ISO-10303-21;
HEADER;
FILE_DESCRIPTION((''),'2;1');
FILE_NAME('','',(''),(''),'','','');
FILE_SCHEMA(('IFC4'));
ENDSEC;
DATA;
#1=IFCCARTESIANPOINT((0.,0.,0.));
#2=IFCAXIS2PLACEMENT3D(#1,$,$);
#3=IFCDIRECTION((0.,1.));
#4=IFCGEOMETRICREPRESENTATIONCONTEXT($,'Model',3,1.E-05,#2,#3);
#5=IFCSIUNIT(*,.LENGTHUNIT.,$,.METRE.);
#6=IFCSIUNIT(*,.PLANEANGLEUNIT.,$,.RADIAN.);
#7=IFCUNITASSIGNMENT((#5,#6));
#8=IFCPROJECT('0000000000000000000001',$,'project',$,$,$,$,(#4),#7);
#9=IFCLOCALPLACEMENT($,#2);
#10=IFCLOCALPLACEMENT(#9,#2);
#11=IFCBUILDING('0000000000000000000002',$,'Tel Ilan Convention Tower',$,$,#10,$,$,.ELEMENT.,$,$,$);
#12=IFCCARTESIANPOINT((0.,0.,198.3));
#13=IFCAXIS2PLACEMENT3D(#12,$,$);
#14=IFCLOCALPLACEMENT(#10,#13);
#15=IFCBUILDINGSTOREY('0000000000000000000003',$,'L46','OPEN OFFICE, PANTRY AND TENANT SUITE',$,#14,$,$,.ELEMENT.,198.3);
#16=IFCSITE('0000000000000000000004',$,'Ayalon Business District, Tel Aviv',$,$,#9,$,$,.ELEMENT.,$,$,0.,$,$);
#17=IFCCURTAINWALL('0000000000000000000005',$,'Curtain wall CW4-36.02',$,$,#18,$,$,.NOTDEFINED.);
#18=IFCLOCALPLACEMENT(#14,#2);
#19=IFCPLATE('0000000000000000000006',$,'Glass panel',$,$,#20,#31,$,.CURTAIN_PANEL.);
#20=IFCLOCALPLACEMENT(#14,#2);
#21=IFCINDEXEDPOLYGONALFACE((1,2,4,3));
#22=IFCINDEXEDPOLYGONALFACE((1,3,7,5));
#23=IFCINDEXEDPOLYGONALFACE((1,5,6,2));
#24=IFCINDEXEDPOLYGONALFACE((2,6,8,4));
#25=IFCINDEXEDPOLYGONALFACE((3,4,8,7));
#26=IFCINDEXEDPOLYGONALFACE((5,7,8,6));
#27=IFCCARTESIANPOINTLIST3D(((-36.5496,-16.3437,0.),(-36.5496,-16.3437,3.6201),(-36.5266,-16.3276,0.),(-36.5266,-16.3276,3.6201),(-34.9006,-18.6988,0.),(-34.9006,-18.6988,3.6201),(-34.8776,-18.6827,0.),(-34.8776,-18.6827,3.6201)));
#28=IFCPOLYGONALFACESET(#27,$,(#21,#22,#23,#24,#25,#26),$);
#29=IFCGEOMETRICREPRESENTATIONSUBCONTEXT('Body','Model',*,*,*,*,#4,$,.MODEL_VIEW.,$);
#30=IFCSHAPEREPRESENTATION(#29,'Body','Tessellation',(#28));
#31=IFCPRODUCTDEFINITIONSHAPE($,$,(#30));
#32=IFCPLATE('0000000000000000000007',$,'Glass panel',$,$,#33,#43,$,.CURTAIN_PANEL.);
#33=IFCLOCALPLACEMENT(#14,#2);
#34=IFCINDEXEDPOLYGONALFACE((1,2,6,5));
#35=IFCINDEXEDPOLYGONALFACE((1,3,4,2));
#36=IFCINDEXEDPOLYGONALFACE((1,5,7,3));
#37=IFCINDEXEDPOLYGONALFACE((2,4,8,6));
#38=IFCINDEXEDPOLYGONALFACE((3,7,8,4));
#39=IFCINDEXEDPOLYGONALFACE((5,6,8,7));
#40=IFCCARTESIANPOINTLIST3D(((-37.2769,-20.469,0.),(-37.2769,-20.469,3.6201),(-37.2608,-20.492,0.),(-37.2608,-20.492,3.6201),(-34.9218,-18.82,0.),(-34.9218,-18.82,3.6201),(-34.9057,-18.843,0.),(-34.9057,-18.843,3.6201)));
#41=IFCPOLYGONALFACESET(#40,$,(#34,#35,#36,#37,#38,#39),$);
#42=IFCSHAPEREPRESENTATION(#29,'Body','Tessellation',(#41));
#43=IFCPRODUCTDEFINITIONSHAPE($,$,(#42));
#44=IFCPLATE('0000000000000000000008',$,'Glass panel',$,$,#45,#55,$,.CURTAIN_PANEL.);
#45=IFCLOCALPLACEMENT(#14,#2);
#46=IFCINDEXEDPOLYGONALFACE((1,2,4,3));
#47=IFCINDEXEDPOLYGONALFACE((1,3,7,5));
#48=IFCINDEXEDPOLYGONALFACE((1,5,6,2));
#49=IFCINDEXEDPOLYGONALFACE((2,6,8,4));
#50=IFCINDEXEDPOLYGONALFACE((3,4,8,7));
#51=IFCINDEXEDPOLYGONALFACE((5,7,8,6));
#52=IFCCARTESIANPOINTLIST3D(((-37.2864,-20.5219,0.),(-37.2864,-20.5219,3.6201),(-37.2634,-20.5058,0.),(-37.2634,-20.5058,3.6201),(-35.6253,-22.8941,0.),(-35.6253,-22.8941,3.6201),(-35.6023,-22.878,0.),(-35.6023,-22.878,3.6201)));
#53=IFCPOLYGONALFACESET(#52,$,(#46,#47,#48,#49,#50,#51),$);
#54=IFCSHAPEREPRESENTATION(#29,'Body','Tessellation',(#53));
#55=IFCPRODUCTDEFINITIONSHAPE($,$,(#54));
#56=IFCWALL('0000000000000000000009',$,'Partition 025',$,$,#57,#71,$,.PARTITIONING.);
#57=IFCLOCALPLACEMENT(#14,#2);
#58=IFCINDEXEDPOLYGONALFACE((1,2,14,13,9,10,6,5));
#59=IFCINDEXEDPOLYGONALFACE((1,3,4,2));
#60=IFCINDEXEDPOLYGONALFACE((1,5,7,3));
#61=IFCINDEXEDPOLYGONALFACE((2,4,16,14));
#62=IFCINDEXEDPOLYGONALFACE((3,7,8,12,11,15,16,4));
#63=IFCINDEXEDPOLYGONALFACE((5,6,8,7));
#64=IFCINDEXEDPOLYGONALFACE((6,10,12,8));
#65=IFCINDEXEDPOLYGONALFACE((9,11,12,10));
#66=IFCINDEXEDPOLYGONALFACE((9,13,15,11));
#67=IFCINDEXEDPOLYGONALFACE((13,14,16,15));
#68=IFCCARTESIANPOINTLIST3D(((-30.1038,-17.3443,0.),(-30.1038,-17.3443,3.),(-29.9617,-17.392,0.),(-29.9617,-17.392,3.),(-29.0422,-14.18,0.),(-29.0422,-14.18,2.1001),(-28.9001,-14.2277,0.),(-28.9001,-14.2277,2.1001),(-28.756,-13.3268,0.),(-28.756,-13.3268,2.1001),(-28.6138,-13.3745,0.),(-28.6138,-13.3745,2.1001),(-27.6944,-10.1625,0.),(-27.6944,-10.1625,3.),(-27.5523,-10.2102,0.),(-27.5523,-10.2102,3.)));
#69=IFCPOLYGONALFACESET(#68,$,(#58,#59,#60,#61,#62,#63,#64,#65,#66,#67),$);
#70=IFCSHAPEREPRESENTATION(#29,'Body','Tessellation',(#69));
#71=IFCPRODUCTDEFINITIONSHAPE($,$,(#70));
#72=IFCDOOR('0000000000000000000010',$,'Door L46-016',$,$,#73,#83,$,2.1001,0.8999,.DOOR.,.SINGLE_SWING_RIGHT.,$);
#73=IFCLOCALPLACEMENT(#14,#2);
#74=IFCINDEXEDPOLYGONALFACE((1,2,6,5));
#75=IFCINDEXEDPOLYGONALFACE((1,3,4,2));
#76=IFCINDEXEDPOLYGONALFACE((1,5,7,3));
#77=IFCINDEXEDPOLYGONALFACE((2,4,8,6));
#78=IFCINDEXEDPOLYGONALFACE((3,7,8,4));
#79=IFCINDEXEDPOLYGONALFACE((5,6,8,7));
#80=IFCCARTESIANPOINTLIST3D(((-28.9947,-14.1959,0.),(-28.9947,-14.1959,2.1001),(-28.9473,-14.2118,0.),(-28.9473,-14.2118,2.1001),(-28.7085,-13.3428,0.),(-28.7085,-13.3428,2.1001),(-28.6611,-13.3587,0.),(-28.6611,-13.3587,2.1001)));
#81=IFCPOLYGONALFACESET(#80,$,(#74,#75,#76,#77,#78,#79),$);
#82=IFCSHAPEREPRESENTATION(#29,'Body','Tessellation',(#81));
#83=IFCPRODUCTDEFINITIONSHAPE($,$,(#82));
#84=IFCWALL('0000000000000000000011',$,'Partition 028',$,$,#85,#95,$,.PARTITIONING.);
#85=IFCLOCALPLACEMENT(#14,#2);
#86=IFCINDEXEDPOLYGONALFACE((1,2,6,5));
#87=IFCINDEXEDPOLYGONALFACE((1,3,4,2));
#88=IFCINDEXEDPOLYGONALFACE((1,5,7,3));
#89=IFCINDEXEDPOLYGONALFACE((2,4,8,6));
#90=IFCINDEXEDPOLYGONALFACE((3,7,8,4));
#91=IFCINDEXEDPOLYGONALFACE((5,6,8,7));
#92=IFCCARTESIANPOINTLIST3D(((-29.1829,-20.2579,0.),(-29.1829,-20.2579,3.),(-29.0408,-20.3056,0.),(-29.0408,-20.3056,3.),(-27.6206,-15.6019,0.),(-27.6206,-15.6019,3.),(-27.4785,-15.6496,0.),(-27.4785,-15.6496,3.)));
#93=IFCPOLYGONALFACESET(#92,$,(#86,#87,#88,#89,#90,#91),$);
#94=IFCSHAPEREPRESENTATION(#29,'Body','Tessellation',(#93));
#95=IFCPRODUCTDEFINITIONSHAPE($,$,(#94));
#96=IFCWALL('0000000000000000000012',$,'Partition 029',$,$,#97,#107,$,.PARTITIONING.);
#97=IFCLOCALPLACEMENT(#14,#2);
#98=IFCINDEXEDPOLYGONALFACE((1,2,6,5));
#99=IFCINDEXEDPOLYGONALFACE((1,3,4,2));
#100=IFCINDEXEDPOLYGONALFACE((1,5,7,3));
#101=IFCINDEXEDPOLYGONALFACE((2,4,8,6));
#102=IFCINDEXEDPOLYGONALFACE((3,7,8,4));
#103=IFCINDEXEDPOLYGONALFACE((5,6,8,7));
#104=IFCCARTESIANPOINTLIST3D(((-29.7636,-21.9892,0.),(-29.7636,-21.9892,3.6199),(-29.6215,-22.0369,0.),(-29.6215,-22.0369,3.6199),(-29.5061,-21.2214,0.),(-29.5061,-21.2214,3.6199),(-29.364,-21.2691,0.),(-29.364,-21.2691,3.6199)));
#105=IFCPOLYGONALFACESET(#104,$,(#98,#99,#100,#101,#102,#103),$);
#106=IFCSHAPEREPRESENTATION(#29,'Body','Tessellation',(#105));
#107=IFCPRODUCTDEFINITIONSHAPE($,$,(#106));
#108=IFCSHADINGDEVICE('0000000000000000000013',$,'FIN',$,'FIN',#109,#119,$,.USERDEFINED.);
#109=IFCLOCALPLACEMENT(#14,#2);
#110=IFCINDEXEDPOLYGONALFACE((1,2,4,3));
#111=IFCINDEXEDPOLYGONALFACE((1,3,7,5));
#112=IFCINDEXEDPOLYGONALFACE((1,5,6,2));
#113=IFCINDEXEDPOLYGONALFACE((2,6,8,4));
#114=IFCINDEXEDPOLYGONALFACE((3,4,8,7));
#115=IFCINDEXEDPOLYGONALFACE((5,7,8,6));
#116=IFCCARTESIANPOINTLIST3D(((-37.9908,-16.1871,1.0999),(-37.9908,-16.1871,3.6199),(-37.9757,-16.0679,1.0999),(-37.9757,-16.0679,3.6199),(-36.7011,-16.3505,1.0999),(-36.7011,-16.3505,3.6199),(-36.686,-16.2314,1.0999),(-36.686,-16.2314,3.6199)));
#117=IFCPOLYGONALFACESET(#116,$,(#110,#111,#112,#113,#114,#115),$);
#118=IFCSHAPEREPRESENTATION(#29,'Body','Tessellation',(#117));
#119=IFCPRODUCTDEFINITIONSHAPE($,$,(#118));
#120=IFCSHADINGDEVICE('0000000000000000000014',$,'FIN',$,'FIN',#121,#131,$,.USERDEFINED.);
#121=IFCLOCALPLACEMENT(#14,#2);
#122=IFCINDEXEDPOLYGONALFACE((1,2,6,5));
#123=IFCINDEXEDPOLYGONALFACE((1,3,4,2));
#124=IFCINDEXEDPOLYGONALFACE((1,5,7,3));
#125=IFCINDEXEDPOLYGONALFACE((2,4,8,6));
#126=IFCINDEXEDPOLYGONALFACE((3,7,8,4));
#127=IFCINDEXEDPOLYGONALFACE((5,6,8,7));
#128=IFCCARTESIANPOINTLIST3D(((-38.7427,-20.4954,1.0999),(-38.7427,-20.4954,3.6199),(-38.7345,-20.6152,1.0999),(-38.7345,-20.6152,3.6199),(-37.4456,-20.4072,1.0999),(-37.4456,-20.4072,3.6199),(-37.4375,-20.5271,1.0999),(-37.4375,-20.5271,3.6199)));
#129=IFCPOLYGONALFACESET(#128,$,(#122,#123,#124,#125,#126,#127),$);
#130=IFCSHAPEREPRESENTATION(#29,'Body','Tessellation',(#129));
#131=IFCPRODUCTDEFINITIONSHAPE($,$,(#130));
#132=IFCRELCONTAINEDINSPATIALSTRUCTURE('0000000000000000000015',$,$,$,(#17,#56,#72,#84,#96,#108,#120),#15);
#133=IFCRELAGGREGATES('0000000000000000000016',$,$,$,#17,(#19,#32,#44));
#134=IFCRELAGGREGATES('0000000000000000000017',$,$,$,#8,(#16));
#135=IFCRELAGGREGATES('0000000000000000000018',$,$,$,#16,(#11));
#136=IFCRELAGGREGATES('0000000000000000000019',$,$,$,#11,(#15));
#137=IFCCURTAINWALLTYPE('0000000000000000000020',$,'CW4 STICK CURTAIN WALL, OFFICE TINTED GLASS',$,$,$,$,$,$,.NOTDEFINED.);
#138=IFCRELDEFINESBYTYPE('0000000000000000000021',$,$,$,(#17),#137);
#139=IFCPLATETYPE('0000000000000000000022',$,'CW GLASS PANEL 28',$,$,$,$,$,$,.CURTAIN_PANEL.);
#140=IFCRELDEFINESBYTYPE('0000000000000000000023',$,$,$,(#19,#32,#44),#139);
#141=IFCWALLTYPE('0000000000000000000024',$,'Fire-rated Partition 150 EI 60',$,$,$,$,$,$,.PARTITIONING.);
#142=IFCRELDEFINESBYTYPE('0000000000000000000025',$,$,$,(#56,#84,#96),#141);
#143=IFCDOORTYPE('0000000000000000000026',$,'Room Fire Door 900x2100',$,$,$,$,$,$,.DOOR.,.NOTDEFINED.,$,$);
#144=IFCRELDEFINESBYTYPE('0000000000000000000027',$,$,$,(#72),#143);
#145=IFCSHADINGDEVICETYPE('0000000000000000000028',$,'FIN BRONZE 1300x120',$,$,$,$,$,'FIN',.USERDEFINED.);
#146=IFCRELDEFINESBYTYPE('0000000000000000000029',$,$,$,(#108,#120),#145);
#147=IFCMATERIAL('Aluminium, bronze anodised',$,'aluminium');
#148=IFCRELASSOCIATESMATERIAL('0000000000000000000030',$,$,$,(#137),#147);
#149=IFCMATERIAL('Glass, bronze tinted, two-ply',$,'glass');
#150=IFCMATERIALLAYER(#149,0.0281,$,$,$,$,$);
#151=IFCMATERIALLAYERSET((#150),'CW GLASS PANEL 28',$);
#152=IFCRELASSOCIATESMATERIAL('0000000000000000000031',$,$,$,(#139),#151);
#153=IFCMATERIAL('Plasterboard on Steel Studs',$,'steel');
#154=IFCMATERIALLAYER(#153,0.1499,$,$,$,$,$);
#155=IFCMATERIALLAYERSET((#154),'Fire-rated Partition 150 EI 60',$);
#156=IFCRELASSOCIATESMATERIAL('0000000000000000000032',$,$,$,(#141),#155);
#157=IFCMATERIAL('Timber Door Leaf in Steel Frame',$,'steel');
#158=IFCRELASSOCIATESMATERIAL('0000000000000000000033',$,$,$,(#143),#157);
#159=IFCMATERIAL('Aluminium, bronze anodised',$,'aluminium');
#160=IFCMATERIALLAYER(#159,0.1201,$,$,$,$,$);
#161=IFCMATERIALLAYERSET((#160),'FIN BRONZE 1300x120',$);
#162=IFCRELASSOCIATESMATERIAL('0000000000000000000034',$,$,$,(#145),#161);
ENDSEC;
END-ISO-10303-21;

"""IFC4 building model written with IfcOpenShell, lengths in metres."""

from ifc_helpers import new_model, si_unit, direction, frame, frame_2d, origin, origin_2d, place, context, subcontext, project, spatial, rectangle, extrude, material, layer, layer_set, type_object, element, fill, aggregate, save


model = new_model("IFC4")

# Units and contexts
model_context = context("Model", 3, precision=1e-05, world=origin(), true_north=direction((0.0, 1.0)))
body_context = subcontext(model_context, "Body", "Model", "MODEL_VIEW")
ifc_project = project(units=[si_unit("LENGTHUNIT", "METRE"), si_unit("PLANEANGLEUNIT", "RADIAN")], contexts=[model_context])

# Site, building, storey
site_placement = place(None, origin())
site = spatial("IfcSite", under=ifc_project, at=site_placement, Name="Ayalon Business District, Tel Aviv", CompositionType="ELEMENT", RefElevation=0.0)
building_placement = place(site_placement, origin())
building = spatial("IfcBuilding", under=site, at=building_placement, Name="Tel Ilan Convention Tower", CompositionType="ELEMENT")
storey_placement = place(building_placement, frame((0.0, 0.0, 198.3)))
storey = spatial("IfcBuildingStorey", under=building, at=storey_placement, Name="L46", Description="OPEN OFFICE, PANTRY AND TENANT SUITE", CompositionType="ELEMENT", Elevation=198.3)

# Curtain wall, plates
ifc_material_1 = material(Name="Aluminium, bronze anodised", Category="aluminium")
curtain_wall_type = type_object("IfcCurtainWallType", Name="CW4 STICK CURTAIN WALL, OFFICE TINTED GLASS", PredefinedType="NOTDEFINED", material=ifc_material_1)
curtain_wall_placement = place(storey_placement, origin())
curtain_wall = element("IfcCurtainWall", 1, at=curtain_wall_placement, inside=storey, type_object=curtain_wall_type, Name="Curtain wall CW4-36.02", PredefinedType="NOTDEFINED")
ifc_material_2 = material(Name="Glass, bronze tinted, two-ply", Category="glass")
ifc_layer_1 = layer(ifc_material_2, 0.0281)
ifc_layer_set_1 = layer_set([ifc_layer_1], Name="CW GLASS PANEL 28")
plate_type = type_object("IfcPlateType", Name="CW GLASS PANEL 28", PredefinedType="CURTAIN_PANEL", material=ifc_layer_set_1)
plate_1_placement = place(storey_placement, frame((-35.7136, -17.5132, 0.0), z_axis=(0.0, 0.0, 1.0), x_axis=(0.573576, -0.819152, 0.0)))
plate_1 = element("IfcPlate", 2, at=plate_1_placement, type_object=plate_type, Name="Glass panel", PredefinedType="CURTAIN_PANEL", context=body_context, shape_type="SweptSolid", body=[
    extrude(rectangle(XDim=2.875, YDim=0.0281, at=origin_2d()), origin(), (0.0, 0.0, 1.0), 3.6201),
])
plate_2_placement = place(storey_placement, frame((-36.0913, -19.656, 0.0), z_axis=(0.0, 0.0, 1.0), x_axis=(-0.819152, -0.573576, 0.0)))
plate_2 = element("IfcPlate", 3, at=plate_2_placement, type_object=plate_type, Name="Glass panel", PredefinedType="CURTAIN_PANEL", context=body_context, shape_type="SweptSolid", body=[
    extrude(rectangle(XDim=2.875, YDim=0.0281, at=origin_2d()), origin(), (0.0, 0.0, 1.0), 3.6201),
])
plate_3_placement = place(storey_placement, frame((-36.4443, -21.7, 0.0), z_axis=(0.0, 0.0, 1.0), x_axis=(0.573576, -0.819152, 0.0)))
plate_3 = element("IfcPlate", 4, at=plate_3_placement, type_object=plate_type, Name="Glass panel", PredefinedType="CURTAIN_PANEL", context=body_context, shape_type="SweptSolid", body=[
    extrude(rectangle(XDim=2.896, YDim=0.0281, at=origin_2d()), origin(), (0.0, 0.0, 1.0), 3.6201),
])
aggregate(curtain_wall, [plate_1, plate_2, plate_3])

# Wall, opening, door
ifc_material_3 = material(Name="Plasterboard on Steel Studs", Category="steel")
ifc_layer_2 = layer(ifc_material_3, 0.1499)
ifc_layer_set_2 = layer_set([ifc_layer_2], Name="Fire-rated Partition 150 EI 60")
wall_type = type_object("IfcWallType", Name="Fire-rated Partition 150 EI 60", PredefinedType="PARTITIONING", material=ifc_layer_set_2)
wall_1_placement = place(storey_placement, frame((-30.0327, -17.3682, 0.0), z_axis=(0.0, 0.0, 1.0), x_axis=(0.318064, 0.948069, 0.0)))
wall_1 = element("IfcWall", 5, at=wall_1_placement, inside=storey, type_object=wall_type, Name="Partition 025", PredefinedType="PARTITIONING", context=body_context, shape_type="SweptSolid", body=[
    extrude(rectangle(XDim=7.5752, YDim=0.1499, at=frame_2d((3.7876, 0.0))), origin(), (0.0, 0.0, 1.0), 3.0),
])
opening_placement = place(wall_1_placement, frame((3.3376, 0.0, 0.0)))
opening = element("IfcOpeningElement", 6, at=opening_placement, cuts=wall_1, PredefinedType="OPENING", context=body_context, shape_type="SweptSolid", body=[
    extrude(rectangle(XDim=0.8999, YDim=2.1001, at=frame_2d((0.45, 1.05))), frame((0.0, 0.085, 0.0), z_axis=(0.0, -1.0, 0.0), x_axis=(1.0, 0.0, 0.0)), (0.0, 0.0, 1.0), 0.1699),
])
ifc_material_4 = material(Name="Timber Door Leaf in Steel Frame", Category="steel")
door_type = type_object("IfcDoorType", Name="Room Fire Door 900x2100", OperationType="NOTDEFINED", PredefinedType="DOOR", material=ifc_material_4)
door_placement = place(opening_placement, origin())
door = element("IfcDoor", 7, at=door_placement, inside=storey, type_object=door_type, Name="Door L46-016", OperationType="SINGLE_SWING_RIGHT", OverallHeight=2.1001, OverallWidth=0.8999, PredefinedType="DOOR", context=body_context, shape_type="SweptSolid", body=[
    extrude(rectangle(XDim=0.8999, YDim=2.1001, at=frame_2d((0.45, 1.05))), frame((0.0, 0.0249, 0.0), z_axis=(0.0, -1.0, 0.0), x_axis=(1.0, 0.0, 0.0)), (0.0, 0.0, 1.0), 0.05),
])
fill(opening, door)

# Walls
wall_2_placement = place(storey_placement, frame((-27.5496, -15.6257, 0.0), z_axis=(0.0, 0.0, 1.0), x_axis=(-0.318106, -0.948055, 0.0)))
element("IfcWall", 8, at=wall_2_placement, inside=storey, type_object=wall_type, Name="Partition 028", PredefinedType="PARTITIONING", context=body_context, shape_type="SweptSolid", body=[
    extrude(rectangle(XDim=4.9111, YDim=0.1499, at=frame_2d((2.4556, 0.0))), origin(), (0.0, 0.0, 1.0), 3.0),
])
wall_3_placement = place(storey_placement, frame((-29.4351, -21.2454, 0.0), z_axis=(0.0, 0.0, 1.0), x_axis=(-0.318036, -0.948079, 0.0)))
element("IfcWall", 9, at=wall_3_placement, inside=storey, type_object=wall_type, Name="Partition 029", PredefinedType="PARTITIONING", context=body_context, shape_type="SweptSolid", body=[
    extrude(rectangle(XDim=0.8098, YDim=0.1499, at=frame_2d((0.4048, 0.0))), origin(), (0.0, 0.0, 1.0), 3.6199),
])

# Shading devices
ifc_material_5 = material(Name="Aluminium, bronze anodised", Category="aluminium")
ifc_layer_3 = layer(ifc_material_5, 0.1201)
ifc_layer_set_3 = layer_set([ifc_layer_3], Name="FIN BRONZE 1300x120")
shading_device_type = type_object("IfcShadingDeviceType", Name="FIN BRONZE 1300x120", ElementType="FIN", PredefinedType="USERDEFINED", material=ifc_layer_set_3)
for number, where, z_axis, x_axis, name in (
    (10, (-37.3384, -16.2092, 1.0999), (0.0, 0.0, 1.0), (-0.992066, 0.125718, 0.0), "FIN"),
    (11, (-38.0901, -20.5112, 1.0999), (0.0, 0.0, 1.0), (-0.997697, -0.067822, 0.0), "FIN"),
):
    element("IfcShadingDevice", number, at=place(storey_placement, frame(where, z_axis=z_axis, x_axis=x_axis)), inside=storey, type_object=shading_device_type, Name=name, ObjectType="FIN", PredefinedType="USERDEFINED", context=body_context, shape_type="SweptSolid", body=[
        extrude(rectangle(XDim=1.3, YDim=0.1201, at=origin_2d()), origin(), (0.0, 0.0, 1.0), 2.52),
    ])

save(model, "model.ifc")
